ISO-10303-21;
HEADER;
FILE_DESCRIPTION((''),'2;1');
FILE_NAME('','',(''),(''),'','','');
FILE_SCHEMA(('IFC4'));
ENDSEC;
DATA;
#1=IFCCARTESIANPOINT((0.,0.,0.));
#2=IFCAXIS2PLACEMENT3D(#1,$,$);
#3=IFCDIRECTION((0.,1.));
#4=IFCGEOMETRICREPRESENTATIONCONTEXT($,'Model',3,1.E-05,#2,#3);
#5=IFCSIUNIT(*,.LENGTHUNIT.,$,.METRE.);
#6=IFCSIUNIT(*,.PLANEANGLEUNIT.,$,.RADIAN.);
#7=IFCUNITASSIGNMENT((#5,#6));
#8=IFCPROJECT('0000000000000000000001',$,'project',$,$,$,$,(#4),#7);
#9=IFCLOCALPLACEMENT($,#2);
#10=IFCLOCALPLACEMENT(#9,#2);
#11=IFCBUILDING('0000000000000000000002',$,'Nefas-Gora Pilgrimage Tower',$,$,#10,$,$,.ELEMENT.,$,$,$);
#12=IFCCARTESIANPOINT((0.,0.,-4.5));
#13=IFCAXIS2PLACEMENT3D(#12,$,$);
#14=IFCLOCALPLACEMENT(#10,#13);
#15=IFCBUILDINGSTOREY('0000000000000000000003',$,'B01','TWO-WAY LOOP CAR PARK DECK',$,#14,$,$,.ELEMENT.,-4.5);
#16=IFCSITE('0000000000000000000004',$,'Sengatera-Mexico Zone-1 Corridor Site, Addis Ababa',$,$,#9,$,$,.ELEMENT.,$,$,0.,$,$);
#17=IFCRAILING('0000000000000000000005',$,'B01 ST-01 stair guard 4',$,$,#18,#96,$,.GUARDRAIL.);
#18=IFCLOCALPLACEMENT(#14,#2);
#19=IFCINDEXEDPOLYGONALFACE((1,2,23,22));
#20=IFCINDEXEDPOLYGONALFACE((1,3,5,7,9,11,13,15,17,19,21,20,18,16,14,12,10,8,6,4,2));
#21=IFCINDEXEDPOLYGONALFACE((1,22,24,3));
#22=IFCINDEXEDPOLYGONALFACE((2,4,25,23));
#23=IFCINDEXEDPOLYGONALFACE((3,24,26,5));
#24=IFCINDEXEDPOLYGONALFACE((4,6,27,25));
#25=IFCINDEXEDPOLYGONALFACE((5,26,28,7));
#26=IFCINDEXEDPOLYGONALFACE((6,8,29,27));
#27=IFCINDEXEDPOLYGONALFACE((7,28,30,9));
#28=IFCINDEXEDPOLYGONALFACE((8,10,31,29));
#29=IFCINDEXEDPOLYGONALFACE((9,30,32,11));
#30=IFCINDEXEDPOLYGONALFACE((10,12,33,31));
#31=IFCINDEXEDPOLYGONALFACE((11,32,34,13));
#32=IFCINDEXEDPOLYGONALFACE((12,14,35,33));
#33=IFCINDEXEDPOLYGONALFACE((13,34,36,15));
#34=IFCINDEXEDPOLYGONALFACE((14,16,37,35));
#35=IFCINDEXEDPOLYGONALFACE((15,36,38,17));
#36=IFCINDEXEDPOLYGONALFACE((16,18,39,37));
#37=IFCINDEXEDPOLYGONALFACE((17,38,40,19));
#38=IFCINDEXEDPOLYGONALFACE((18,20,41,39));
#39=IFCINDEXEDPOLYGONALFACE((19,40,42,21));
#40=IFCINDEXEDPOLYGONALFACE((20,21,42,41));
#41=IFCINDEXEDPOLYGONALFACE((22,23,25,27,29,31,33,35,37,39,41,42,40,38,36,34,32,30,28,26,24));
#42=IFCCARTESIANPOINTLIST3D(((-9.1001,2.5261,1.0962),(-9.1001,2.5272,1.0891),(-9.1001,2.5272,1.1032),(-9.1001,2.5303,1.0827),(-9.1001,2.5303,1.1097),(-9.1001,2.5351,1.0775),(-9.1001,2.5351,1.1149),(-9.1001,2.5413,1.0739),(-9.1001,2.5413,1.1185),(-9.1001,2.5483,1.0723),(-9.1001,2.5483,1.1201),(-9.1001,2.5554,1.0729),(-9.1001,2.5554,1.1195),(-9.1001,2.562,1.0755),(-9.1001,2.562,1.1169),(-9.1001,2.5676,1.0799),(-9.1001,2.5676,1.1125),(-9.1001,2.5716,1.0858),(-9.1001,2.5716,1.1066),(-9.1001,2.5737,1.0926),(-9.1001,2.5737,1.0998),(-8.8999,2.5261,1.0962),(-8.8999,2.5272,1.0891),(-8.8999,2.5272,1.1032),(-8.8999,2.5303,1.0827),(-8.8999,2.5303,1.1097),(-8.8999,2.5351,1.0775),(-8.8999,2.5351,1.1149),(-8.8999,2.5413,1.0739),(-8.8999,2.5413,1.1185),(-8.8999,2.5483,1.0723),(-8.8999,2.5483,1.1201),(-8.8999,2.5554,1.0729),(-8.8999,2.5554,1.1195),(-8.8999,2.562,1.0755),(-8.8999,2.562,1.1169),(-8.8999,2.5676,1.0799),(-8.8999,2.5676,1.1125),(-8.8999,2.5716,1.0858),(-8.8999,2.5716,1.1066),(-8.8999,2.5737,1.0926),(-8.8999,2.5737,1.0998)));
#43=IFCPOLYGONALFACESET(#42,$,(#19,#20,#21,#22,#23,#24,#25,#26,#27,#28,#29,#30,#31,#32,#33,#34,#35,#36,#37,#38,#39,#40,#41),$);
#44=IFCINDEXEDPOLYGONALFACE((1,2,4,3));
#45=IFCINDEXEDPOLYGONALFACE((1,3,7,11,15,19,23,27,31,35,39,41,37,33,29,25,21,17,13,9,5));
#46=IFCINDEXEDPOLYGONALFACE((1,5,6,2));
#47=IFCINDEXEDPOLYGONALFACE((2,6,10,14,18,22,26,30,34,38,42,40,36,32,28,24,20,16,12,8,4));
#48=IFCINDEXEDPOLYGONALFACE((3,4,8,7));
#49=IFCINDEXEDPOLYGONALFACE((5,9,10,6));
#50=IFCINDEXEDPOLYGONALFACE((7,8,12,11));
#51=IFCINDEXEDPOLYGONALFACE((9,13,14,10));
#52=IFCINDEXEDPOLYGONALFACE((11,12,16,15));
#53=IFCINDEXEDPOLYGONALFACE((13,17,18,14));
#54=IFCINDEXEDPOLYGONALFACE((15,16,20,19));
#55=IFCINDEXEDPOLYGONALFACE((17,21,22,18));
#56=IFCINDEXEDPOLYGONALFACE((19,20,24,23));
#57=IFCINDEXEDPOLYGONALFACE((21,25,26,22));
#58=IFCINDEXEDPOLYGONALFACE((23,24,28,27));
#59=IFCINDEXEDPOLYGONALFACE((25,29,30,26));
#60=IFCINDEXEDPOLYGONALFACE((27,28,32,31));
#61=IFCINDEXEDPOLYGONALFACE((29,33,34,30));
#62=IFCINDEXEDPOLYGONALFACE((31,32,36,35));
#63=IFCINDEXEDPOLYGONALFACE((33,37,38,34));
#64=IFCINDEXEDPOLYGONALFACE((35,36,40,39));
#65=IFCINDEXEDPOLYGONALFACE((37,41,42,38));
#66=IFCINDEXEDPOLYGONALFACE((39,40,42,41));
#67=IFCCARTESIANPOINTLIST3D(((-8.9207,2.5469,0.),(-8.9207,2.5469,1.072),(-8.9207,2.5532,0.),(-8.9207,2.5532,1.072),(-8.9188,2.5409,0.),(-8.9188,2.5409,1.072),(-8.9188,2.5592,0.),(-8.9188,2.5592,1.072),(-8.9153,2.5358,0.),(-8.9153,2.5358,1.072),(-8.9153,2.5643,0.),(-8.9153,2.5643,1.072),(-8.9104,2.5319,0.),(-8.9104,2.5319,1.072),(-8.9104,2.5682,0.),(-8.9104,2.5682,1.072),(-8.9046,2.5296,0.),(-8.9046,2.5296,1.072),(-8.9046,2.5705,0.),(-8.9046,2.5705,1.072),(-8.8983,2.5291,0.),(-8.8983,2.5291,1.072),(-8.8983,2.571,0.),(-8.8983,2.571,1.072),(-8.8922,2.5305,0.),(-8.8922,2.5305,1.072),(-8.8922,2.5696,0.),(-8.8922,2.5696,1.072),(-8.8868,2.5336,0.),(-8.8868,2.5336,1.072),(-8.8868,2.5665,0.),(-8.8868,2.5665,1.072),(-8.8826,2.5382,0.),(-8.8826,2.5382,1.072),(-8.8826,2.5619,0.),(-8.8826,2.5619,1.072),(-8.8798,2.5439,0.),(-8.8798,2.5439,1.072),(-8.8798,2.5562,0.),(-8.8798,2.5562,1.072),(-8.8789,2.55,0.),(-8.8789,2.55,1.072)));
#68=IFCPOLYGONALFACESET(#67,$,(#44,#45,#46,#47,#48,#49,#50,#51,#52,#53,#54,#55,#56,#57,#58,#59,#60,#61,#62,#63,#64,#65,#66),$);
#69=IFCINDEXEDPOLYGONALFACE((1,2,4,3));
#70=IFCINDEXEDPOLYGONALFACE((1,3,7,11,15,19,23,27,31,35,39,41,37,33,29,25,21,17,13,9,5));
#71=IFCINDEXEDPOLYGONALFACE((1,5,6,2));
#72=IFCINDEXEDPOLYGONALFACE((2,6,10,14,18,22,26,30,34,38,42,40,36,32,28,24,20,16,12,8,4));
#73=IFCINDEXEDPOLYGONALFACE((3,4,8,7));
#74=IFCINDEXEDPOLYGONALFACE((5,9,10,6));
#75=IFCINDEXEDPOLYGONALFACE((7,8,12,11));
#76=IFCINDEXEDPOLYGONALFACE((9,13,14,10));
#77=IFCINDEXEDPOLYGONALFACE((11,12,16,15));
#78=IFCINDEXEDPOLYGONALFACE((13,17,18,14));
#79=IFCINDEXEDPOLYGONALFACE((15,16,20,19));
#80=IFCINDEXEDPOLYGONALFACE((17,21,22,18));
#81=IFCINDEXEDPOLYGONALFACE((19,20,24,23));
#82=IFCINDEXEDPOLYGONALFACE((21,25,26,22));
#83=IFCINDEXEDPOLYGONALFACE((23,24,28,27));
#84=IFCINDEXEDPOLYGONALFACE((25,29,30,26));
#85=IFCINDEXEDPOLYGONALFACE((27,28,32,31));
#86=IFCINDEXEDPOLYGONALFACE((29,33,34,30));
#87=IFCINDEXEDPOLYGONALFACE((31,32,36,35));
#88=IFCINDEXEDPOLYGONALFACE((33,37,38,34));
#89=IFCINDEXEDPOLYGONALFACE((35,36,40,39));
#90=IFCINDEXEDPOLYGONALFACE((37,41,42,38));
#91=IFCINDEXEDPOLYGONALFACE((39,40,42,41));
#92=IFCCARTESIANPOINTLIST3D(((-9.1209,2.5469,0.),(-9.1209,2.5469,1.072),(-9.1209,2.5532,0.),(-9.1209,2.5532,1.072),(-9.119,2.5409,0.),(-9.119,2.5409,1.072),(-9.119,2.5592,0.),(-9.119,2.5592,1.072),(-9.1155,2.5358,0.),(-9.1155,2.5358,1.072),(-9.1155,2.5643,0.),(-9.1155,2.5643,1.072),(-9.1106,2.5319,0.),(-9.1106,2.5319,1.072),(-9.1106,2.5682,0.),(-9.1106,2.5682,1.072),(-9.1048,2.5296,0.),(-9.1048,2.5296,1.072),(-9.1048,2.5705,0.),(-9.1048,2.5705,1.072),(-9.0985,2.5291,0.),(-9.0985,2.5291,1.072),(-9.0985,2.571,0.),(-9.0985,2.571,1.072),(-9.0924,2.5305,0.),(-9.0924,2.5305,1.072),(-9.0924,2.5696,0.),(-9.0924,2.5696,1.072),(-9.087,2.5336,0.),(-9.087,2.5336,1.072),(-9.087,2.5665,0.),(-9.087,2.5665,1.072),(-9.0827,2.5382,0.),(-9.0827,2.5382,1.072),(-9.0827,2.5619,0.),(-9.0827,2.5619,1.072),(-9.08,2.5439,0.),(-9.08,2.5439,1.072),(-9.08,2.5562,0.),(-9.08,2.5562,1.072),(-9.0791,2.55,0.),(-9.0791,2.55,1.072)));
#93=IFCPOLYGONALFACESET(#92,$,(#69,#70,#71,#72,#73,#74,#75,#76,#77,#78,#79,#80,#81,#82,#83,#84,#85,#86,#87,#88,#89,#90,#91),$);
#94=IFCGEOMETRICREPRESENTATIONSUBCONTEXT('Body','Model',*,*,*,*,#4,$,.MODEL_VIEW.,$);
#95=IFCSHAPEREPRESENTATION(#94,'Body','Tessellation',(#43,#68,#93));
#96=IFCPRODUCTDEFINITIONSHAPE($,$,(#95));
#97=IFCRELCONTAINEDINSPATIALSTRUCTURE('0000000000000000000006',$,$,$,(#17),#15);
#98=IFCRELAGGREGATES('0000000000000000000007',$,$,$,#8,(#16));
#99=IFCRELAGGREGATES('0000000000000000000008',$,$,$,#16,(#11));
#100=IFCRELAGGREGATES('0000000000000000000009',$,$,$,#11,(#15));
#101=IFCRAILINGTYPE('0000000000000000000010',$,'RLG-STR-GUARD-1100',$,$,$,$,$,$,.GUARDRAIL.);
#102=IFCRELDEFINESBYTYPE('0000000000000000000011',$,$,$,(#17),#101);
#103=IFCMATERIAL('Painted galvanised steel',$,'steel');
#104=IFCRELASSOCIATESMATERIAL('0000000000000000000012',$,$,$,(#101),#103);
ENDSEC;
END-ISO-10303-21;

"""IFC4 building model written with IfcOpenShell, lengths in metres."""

from ifc_helpers import new_model, si_unit, direction, frame, origin, origin_2d, place, context, subcontext, project, spatial, circle, extrude, material, type_object, element, save


model = new_model("IFC4")

# Units and contexts
model_context = context("Model", 3, precision=1e-05, world=origin(), true_north=direction((0.0, 1.0)))
body_context = subcontext(model_context, "Body", "Model", "MODEL_VIEW")
ifc_project = project(units=[si_unit("LENGTHUNIT", "METRE"), si_unit("PLANEANGLEUNIT", "RADIAN")], contexts=[model_context])

# Site, building, storey
site_placement = place(None, origin())
site = spatial("IfcSite", under=ifc_project, at=site_placement, Name="Sengatera-Mexico Zone-1 Corridor Site, Addis Ababa", CompositionType="ELEMENT", RefElevation=0.0)
building_placement = place(site_placement, origin())
building = spatial("IfcBuilding", under=site, at=building_placement, Name="Nefas-Gora Pilgrimage Tower", CompositionType="ELEMENT")
storey_placement = place(building_placement, frame((0.0, 0.0, -4.5)))
storey = spatial("IfcBuildingStorey", under=building, at=storey_placement, Name="B01", Description="TWO-WAY LOOP CAR PARK DECK", CompositionType="ELEMENT", Elevation=-4.5)

# Railing
ifc_material_1 = material(Name="Painted galvanised steel", Category="steel")
railing_type_1 = type_object("IfcRailingType", Name="RLG-STR-GUARD-1100", PredefinedType="GUARDRAIL", material=ifc_material_1)
railing_1_placement = place(storey_placement, frame((-8.8999, 2.55, 0.0)))
element("IfcRailing", 1, at=railing_1_placement, inside=storey, type_object=railing_type_1, Name="B01 ST-01 stair guard 4", PredefinedType="GUARDRAIL", context=body_context, shape_type="SweptSolid", body=[
    extrude(circle(Radius=0.0239, at=origin_2d()), frame((0.0, 0.0, 1.0962), z_axis=(-1.0, 0.0, 0.0), x_axis=(0.0, -1.0, 0.0)), (0.0, 0.0, 1.0), 0.2002),
    extrude(circle(Radius=0.021, at=origin_2d()), origin(), (0.0, 0.0, 1.0), 1.072),
    extrude(circle(Radius=0.021, at=origin_2d()), frame((-0.2002, 0.0, 0.0)), (0.0, 0.0, 1.0), 1.072),
])

save(model, "model.ifc")
